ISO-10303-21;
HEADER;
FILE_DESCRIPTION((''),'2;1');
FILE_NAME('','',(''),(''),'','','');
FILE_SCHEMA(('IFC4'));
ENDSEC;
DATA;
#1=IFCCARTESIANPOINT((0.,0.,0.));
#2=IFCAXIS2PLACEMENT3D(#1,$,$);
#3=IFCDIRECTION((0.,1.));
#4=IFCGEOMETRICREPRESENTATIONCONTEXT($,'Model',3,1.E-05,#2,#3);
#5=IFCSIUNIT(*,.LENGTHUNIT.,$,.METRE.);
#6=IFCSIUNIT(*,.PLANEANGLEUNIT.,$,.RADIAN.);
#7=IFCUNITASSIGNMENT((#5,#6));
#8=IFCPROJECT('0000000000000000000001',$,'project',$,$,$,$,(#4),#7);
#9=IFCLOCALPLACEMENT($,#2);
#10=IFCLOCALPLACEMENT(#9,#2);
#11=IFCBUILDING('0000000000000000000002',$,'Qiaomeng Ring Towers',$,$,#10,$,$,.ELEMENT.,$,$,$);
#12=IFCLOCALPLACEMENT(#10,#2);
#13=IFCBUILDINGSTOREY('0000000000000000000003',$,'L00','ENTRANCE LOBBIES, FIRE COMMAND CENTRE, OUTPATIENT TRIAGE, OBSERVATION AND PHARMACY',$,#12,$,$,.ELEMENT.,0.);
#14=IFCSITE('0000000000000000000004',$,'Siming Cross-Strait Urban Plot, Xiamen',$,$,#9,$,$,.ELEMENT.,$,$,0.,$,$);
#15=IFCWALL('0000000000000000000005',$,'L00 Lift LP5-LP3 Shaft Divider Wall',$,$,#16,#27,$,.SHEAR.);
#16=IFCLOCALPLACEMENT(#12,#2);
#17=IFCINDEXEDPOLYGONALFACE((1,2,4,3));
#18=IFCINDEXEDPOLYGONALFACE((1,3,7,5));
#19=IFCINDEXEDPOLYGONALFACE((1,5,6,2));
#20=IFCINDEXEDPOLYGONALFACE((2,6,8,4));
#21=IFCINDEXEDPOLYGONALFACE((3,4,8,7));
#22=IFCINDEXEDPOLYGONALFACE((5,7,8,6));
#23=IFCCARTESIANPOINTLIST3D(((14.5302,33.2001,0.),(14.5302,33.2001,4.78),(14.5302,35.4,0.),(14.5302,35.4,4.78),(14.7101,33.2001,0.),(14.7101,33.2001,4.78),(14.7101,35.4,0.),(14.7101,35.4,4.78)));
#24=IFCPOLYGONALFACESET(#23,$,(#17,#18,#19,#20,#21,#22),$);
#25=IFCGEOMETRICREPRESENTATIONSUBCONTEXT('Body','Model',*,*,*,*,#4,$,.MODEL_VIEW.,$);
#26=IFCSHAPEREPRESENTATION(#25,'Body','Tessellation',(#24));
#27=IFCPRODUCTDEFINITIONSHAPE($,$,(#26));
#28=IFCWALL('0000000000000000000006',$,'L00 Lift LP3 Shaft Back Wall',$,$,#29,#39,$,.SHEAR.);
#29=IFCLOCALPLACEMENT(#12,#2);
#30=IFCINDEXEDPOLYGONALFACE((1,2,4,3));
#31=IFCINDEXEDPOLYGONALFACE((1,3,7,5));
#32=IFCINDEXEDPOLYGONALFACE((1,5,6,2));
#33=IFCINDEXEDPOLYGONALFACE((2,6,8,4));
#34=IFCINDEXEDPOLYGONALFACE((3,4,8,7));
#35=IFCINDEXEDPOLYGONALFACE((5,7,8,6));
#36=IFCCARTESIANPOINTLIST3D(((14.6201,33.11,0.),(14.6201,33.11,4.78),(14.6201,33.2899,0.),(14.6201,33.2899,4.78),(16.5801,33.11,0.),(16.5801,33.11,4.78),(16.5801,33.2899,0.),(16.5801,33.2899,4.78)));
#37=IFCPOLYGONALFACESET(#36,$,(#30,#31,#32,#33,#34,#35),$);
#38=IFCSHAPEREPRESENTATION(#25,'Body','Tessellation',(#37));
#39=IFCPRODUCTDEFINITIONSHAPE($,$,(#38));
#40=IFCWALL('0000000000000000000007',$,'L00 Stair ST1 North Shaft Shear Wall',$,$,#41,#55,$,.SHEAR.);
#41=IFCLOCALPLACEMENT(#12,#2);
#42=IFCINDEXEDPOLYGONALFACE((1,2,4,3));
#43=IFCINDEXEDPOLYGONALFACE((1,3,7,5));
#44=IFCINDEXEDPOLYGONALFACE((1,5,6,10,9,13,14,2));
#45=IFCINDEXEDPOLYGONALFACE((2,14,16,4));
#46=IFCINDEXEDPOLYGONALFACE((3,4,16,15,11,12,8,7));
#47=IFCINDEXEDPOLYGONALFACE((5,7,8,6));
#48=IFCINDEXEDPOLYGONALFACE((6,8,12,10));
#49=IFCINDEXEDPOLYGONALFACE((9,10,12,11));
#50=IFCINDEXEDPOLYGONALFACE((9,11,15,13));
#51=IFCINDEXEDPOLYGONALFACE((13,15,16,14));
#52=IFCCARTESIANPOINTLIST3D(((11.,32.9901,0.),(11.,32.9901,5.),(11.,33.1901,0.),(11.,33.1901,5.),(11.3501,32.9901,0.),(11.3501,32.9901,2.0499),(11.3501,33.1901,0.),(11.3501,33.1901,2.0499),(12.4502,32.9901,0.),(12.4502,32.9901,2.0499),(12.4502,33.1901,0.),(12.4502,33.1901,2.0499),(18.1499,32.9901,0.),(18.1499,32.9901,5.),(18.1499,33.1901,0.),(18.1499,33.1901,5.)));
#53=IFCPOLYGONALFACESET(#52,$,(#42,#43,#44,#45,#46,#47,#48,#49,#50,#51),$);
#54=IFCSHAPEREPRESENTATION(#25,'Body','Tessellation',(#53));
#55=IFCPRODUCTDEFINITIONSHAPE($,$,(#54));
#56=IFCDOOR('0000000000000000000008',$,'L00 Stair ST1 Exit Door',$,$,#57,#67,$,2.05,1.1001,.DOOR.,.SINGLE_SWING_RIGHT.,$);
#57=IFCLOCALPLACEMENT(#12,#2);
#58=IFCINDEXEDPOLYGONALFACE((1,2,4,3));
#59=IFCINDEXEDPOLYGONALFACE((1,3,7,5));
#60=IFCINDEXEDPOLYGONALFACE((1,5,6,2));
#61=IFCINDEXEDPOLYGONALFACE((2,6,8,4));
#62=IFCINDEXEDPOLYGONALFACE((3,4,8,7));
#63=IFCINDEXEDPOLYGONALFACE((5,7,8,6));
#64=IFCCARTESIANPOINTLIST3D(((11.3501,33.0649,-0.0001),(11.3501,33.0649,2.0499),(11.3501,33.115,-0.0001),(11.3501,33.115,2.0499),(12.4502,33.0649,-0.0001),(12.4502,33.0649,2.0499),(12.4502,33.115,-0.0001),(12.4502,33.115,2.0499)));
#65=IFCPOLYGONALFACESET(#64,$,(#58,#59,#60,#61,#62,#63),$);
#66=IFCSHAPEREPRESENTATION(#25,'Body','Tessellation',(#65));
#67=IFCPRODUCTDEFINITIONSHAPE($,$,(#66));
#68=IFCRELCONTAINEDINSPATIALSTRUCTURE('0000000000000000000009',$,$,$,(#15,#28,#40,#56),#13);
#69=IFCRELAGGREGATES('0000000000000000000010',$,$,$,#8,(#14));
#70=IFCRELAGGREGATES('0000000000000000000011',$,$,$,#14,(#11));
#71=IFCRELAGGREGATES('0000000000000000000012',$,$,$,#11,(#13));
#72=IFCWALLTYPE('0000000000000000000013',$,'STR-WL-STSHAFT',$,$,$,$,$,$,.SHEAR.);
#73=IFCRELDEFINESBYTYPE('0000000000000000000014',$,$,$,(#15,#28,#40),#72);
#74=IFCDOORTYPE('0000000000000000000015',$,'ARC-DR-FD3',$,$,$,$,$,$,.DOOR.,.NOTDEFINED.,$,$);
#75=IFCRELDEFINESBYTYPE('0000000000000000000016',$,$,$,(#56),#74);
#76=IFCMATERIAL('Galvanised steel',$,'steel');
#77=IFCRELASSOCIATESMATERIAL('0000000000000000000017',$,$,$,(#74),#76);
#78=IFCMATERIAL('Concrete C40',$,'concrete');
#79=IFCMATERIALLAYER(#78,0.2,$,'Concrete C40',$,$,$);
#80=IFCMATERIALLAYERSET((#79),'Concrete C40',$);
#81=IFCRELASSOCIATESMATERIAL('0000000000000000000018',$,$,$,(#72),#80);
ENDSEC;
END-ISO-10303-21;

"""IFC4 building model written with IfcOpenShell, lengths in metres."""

from ifc_helpers import new_model, si_unit, direction, frame, frame_2d, origin, place, context, subcontext, project, spatial, rectangle, extrude, source, transform, mapped, material, layer, layer_set, type_object, element, fill, save


model = new_model("IFC4")

# Units and contexts
model_context = context("Model", 3, precision=1e-05, world=origin(), true_north=direction((0.0, 1.0)))
body_context = subcontext(model_context, "Body", "Model", "MODEL_VIEW")
ifc_project = project(units=[si_unit("LENGTHUNIT", "METRE"), si_unit("PLANEANGLEUNIT", "RADIAN")], contexts=[model_context])

# Site, building, storey
site_placement = place(None, origin())
site = spatial("IfcSite", under=ifc_project, at=site_placement, Name="Siming Cross-Strait Urban Plot, Xiamen", CompositionType="ELEMENT", RefElevation=0.0)
building_placement = place(site_placement, origin())
building = spatial("IfcBuilding", under=site, at=building_placement, Name="Qiaomeng Ring Towers", CompositionType="ELEMENT")
storey_placement = place(building_placement, origin())
storey = spatial("IfcBuildingStorey", under=building, at=storey_placement, Name="L00", Description="ENTRANCE LOBBIES, FIRE COMMAND CENTRE, OUTPATIENT TRIAGE, OBSERVATION AND PHARMACY", CompositionType="ELEMENT", Elevation=0.0)

# Shared definitions
ifc_material_1 = material(Name="Galvanised steel", Category="steel")
door_type_1 = type_object("IfcDoorType", Name="ARC-DR-FD3", OperationType="NOTDEFINED", PredefinedType="DOOR", material=ifc_material_1)
shared_shape_1 = source(origin(), body_context, "Body", "SweptSolid", [
    extrude(rectangle(XDim=1.1001, YDim=2.05, at=frame_2d((0.55, 1.0249))), frame((0.0, 0.0249, 0.0), z_axis=(0.0, -1.0, 0.0), x_axis=(1.0, 0.0, 0.0)), (0.0, 0.0, 1.0), 0.05),
])

# Walls
ifc_material_2 = material(Name="Concrete C40", Category="concrete")
ifc_layer_1 = layer(ifc_material_2, 0.2, Name="Concrete C40")
ifc_layer_set_1 = layer_set([ifc_layer_1], Name="Concrete C40")
wall_type_1 = type_object("IfcWallType", Name="STR-WL-STSHAFT", PredefinedType="SHEAR", material=ifc_layer_set_1)
wall_1_placement = place(storey_placement, frame((14.6201, 33.2, 0.0), z_axis=(0.0, 0.0, 1.0), x_axis=(0.0, 1.0, 0.0)))
element("IfcWall", 1, at=wall_1_placement, inside=storey, type_object=wall_type_1, Name="L00 Lift LP5-LP3 Shaft Divider Wall", PredefinedType="SHEAR", context=body_context, shape_type="SweptSolid", body=[
    extrude(rectangle(XDim=2.2, YDim=0.1799, at=frame_2d((1.1001, 0.0))), origin(), (0.0, 0.0, 1.0), 4.78),
])
wall_2_placement = place(storey_placement, frame((14.6201, 33.2, 0.0), z_axis=(0.0, 0.0, 1.0), x_axis=(1.0, 0.0, 0.0)))
element("IfcWall", 2, at=wall_2_placement, inside=storey, type_object=wall_type_1, Name="L00 Lift LP3 Shaft Back Wall", PredefinedType="SHEAR", context=body_context, shape_type="SweptSolid", body=[
    extrude(rectangle(XDim=1.96, YDim=0.1799, at=frame_2d((0.98, 0.0))), origin(), (0.0, 0.0, 1.0), 4.78),
])

# Wall, opening, door
wall_3_placement = place(storey_placement, frame((11.0, 33.0901, 0.0), z_axis=(0.0, 0.0, 1.0), x_axis=(1.0, 0.0, 0.0)))
wall_3 = element("IfcWall", 3, at=wall_3_placement, inside=storey, type_object=wall_type_1, Name="L00 Stair ST1 North Shaft Shear Wall", PredefinedType="SHEAR", context=body_context, shape_type="SweptSolid", body=[
    extrude(rectangle(XDim=7.1499, YDim=0.2, at=frame_2d((3.575, 0.0))), origin(), (0.0, 0.0, 1.0), 5.0),
])
opening_1_placement = place(wall_3_placement, frame((0.3501, 0.0, 0.0)))
opening_1 = element("IfcOpeningElement", 4, at=opening_1_placement, cuts=wall_3, PredefinedType="OPENING", context=body_context, shape_type="SweptSolid", body=[
    extrude(rectangle(XDim=1.1001, YDim=2.05, at=frame_2d((0.55, 1.0249))), frame((0.0, 0.1099, 0.0), z_axis=(0.0, -1.0, 0.0), x_axis=(1.0, 0.0, 0.0)), (0.0, 0.0, 1.0), 0.22),
])
door_1_placement = place(opening_1_placement, origin())
door_1 = element("IfcDoor", 5, at=door_1_placement, inside=storey, type_object=door_type_1, Name="L00 Stair ST1 Exit Door", OperationType="SINGLE_SWING_RIGHT", OverallHeight=2.05, OverallWidth=1.1001, PredefinedType="DOOR", context=body_context, shape_type="MappedRepresentation", body=[
    mapped(shared_shape_1, transform((0.0, 0.0, 0.0), x_axis=(1.0, 0.0, 0.0), y_axis=(0.0, 1.0, 0.0), z_axis=(0.0, 0.0, 1.0), scale=1.0)),
])
fill(opening_1, door_1)

save(model, "model.ifc")
